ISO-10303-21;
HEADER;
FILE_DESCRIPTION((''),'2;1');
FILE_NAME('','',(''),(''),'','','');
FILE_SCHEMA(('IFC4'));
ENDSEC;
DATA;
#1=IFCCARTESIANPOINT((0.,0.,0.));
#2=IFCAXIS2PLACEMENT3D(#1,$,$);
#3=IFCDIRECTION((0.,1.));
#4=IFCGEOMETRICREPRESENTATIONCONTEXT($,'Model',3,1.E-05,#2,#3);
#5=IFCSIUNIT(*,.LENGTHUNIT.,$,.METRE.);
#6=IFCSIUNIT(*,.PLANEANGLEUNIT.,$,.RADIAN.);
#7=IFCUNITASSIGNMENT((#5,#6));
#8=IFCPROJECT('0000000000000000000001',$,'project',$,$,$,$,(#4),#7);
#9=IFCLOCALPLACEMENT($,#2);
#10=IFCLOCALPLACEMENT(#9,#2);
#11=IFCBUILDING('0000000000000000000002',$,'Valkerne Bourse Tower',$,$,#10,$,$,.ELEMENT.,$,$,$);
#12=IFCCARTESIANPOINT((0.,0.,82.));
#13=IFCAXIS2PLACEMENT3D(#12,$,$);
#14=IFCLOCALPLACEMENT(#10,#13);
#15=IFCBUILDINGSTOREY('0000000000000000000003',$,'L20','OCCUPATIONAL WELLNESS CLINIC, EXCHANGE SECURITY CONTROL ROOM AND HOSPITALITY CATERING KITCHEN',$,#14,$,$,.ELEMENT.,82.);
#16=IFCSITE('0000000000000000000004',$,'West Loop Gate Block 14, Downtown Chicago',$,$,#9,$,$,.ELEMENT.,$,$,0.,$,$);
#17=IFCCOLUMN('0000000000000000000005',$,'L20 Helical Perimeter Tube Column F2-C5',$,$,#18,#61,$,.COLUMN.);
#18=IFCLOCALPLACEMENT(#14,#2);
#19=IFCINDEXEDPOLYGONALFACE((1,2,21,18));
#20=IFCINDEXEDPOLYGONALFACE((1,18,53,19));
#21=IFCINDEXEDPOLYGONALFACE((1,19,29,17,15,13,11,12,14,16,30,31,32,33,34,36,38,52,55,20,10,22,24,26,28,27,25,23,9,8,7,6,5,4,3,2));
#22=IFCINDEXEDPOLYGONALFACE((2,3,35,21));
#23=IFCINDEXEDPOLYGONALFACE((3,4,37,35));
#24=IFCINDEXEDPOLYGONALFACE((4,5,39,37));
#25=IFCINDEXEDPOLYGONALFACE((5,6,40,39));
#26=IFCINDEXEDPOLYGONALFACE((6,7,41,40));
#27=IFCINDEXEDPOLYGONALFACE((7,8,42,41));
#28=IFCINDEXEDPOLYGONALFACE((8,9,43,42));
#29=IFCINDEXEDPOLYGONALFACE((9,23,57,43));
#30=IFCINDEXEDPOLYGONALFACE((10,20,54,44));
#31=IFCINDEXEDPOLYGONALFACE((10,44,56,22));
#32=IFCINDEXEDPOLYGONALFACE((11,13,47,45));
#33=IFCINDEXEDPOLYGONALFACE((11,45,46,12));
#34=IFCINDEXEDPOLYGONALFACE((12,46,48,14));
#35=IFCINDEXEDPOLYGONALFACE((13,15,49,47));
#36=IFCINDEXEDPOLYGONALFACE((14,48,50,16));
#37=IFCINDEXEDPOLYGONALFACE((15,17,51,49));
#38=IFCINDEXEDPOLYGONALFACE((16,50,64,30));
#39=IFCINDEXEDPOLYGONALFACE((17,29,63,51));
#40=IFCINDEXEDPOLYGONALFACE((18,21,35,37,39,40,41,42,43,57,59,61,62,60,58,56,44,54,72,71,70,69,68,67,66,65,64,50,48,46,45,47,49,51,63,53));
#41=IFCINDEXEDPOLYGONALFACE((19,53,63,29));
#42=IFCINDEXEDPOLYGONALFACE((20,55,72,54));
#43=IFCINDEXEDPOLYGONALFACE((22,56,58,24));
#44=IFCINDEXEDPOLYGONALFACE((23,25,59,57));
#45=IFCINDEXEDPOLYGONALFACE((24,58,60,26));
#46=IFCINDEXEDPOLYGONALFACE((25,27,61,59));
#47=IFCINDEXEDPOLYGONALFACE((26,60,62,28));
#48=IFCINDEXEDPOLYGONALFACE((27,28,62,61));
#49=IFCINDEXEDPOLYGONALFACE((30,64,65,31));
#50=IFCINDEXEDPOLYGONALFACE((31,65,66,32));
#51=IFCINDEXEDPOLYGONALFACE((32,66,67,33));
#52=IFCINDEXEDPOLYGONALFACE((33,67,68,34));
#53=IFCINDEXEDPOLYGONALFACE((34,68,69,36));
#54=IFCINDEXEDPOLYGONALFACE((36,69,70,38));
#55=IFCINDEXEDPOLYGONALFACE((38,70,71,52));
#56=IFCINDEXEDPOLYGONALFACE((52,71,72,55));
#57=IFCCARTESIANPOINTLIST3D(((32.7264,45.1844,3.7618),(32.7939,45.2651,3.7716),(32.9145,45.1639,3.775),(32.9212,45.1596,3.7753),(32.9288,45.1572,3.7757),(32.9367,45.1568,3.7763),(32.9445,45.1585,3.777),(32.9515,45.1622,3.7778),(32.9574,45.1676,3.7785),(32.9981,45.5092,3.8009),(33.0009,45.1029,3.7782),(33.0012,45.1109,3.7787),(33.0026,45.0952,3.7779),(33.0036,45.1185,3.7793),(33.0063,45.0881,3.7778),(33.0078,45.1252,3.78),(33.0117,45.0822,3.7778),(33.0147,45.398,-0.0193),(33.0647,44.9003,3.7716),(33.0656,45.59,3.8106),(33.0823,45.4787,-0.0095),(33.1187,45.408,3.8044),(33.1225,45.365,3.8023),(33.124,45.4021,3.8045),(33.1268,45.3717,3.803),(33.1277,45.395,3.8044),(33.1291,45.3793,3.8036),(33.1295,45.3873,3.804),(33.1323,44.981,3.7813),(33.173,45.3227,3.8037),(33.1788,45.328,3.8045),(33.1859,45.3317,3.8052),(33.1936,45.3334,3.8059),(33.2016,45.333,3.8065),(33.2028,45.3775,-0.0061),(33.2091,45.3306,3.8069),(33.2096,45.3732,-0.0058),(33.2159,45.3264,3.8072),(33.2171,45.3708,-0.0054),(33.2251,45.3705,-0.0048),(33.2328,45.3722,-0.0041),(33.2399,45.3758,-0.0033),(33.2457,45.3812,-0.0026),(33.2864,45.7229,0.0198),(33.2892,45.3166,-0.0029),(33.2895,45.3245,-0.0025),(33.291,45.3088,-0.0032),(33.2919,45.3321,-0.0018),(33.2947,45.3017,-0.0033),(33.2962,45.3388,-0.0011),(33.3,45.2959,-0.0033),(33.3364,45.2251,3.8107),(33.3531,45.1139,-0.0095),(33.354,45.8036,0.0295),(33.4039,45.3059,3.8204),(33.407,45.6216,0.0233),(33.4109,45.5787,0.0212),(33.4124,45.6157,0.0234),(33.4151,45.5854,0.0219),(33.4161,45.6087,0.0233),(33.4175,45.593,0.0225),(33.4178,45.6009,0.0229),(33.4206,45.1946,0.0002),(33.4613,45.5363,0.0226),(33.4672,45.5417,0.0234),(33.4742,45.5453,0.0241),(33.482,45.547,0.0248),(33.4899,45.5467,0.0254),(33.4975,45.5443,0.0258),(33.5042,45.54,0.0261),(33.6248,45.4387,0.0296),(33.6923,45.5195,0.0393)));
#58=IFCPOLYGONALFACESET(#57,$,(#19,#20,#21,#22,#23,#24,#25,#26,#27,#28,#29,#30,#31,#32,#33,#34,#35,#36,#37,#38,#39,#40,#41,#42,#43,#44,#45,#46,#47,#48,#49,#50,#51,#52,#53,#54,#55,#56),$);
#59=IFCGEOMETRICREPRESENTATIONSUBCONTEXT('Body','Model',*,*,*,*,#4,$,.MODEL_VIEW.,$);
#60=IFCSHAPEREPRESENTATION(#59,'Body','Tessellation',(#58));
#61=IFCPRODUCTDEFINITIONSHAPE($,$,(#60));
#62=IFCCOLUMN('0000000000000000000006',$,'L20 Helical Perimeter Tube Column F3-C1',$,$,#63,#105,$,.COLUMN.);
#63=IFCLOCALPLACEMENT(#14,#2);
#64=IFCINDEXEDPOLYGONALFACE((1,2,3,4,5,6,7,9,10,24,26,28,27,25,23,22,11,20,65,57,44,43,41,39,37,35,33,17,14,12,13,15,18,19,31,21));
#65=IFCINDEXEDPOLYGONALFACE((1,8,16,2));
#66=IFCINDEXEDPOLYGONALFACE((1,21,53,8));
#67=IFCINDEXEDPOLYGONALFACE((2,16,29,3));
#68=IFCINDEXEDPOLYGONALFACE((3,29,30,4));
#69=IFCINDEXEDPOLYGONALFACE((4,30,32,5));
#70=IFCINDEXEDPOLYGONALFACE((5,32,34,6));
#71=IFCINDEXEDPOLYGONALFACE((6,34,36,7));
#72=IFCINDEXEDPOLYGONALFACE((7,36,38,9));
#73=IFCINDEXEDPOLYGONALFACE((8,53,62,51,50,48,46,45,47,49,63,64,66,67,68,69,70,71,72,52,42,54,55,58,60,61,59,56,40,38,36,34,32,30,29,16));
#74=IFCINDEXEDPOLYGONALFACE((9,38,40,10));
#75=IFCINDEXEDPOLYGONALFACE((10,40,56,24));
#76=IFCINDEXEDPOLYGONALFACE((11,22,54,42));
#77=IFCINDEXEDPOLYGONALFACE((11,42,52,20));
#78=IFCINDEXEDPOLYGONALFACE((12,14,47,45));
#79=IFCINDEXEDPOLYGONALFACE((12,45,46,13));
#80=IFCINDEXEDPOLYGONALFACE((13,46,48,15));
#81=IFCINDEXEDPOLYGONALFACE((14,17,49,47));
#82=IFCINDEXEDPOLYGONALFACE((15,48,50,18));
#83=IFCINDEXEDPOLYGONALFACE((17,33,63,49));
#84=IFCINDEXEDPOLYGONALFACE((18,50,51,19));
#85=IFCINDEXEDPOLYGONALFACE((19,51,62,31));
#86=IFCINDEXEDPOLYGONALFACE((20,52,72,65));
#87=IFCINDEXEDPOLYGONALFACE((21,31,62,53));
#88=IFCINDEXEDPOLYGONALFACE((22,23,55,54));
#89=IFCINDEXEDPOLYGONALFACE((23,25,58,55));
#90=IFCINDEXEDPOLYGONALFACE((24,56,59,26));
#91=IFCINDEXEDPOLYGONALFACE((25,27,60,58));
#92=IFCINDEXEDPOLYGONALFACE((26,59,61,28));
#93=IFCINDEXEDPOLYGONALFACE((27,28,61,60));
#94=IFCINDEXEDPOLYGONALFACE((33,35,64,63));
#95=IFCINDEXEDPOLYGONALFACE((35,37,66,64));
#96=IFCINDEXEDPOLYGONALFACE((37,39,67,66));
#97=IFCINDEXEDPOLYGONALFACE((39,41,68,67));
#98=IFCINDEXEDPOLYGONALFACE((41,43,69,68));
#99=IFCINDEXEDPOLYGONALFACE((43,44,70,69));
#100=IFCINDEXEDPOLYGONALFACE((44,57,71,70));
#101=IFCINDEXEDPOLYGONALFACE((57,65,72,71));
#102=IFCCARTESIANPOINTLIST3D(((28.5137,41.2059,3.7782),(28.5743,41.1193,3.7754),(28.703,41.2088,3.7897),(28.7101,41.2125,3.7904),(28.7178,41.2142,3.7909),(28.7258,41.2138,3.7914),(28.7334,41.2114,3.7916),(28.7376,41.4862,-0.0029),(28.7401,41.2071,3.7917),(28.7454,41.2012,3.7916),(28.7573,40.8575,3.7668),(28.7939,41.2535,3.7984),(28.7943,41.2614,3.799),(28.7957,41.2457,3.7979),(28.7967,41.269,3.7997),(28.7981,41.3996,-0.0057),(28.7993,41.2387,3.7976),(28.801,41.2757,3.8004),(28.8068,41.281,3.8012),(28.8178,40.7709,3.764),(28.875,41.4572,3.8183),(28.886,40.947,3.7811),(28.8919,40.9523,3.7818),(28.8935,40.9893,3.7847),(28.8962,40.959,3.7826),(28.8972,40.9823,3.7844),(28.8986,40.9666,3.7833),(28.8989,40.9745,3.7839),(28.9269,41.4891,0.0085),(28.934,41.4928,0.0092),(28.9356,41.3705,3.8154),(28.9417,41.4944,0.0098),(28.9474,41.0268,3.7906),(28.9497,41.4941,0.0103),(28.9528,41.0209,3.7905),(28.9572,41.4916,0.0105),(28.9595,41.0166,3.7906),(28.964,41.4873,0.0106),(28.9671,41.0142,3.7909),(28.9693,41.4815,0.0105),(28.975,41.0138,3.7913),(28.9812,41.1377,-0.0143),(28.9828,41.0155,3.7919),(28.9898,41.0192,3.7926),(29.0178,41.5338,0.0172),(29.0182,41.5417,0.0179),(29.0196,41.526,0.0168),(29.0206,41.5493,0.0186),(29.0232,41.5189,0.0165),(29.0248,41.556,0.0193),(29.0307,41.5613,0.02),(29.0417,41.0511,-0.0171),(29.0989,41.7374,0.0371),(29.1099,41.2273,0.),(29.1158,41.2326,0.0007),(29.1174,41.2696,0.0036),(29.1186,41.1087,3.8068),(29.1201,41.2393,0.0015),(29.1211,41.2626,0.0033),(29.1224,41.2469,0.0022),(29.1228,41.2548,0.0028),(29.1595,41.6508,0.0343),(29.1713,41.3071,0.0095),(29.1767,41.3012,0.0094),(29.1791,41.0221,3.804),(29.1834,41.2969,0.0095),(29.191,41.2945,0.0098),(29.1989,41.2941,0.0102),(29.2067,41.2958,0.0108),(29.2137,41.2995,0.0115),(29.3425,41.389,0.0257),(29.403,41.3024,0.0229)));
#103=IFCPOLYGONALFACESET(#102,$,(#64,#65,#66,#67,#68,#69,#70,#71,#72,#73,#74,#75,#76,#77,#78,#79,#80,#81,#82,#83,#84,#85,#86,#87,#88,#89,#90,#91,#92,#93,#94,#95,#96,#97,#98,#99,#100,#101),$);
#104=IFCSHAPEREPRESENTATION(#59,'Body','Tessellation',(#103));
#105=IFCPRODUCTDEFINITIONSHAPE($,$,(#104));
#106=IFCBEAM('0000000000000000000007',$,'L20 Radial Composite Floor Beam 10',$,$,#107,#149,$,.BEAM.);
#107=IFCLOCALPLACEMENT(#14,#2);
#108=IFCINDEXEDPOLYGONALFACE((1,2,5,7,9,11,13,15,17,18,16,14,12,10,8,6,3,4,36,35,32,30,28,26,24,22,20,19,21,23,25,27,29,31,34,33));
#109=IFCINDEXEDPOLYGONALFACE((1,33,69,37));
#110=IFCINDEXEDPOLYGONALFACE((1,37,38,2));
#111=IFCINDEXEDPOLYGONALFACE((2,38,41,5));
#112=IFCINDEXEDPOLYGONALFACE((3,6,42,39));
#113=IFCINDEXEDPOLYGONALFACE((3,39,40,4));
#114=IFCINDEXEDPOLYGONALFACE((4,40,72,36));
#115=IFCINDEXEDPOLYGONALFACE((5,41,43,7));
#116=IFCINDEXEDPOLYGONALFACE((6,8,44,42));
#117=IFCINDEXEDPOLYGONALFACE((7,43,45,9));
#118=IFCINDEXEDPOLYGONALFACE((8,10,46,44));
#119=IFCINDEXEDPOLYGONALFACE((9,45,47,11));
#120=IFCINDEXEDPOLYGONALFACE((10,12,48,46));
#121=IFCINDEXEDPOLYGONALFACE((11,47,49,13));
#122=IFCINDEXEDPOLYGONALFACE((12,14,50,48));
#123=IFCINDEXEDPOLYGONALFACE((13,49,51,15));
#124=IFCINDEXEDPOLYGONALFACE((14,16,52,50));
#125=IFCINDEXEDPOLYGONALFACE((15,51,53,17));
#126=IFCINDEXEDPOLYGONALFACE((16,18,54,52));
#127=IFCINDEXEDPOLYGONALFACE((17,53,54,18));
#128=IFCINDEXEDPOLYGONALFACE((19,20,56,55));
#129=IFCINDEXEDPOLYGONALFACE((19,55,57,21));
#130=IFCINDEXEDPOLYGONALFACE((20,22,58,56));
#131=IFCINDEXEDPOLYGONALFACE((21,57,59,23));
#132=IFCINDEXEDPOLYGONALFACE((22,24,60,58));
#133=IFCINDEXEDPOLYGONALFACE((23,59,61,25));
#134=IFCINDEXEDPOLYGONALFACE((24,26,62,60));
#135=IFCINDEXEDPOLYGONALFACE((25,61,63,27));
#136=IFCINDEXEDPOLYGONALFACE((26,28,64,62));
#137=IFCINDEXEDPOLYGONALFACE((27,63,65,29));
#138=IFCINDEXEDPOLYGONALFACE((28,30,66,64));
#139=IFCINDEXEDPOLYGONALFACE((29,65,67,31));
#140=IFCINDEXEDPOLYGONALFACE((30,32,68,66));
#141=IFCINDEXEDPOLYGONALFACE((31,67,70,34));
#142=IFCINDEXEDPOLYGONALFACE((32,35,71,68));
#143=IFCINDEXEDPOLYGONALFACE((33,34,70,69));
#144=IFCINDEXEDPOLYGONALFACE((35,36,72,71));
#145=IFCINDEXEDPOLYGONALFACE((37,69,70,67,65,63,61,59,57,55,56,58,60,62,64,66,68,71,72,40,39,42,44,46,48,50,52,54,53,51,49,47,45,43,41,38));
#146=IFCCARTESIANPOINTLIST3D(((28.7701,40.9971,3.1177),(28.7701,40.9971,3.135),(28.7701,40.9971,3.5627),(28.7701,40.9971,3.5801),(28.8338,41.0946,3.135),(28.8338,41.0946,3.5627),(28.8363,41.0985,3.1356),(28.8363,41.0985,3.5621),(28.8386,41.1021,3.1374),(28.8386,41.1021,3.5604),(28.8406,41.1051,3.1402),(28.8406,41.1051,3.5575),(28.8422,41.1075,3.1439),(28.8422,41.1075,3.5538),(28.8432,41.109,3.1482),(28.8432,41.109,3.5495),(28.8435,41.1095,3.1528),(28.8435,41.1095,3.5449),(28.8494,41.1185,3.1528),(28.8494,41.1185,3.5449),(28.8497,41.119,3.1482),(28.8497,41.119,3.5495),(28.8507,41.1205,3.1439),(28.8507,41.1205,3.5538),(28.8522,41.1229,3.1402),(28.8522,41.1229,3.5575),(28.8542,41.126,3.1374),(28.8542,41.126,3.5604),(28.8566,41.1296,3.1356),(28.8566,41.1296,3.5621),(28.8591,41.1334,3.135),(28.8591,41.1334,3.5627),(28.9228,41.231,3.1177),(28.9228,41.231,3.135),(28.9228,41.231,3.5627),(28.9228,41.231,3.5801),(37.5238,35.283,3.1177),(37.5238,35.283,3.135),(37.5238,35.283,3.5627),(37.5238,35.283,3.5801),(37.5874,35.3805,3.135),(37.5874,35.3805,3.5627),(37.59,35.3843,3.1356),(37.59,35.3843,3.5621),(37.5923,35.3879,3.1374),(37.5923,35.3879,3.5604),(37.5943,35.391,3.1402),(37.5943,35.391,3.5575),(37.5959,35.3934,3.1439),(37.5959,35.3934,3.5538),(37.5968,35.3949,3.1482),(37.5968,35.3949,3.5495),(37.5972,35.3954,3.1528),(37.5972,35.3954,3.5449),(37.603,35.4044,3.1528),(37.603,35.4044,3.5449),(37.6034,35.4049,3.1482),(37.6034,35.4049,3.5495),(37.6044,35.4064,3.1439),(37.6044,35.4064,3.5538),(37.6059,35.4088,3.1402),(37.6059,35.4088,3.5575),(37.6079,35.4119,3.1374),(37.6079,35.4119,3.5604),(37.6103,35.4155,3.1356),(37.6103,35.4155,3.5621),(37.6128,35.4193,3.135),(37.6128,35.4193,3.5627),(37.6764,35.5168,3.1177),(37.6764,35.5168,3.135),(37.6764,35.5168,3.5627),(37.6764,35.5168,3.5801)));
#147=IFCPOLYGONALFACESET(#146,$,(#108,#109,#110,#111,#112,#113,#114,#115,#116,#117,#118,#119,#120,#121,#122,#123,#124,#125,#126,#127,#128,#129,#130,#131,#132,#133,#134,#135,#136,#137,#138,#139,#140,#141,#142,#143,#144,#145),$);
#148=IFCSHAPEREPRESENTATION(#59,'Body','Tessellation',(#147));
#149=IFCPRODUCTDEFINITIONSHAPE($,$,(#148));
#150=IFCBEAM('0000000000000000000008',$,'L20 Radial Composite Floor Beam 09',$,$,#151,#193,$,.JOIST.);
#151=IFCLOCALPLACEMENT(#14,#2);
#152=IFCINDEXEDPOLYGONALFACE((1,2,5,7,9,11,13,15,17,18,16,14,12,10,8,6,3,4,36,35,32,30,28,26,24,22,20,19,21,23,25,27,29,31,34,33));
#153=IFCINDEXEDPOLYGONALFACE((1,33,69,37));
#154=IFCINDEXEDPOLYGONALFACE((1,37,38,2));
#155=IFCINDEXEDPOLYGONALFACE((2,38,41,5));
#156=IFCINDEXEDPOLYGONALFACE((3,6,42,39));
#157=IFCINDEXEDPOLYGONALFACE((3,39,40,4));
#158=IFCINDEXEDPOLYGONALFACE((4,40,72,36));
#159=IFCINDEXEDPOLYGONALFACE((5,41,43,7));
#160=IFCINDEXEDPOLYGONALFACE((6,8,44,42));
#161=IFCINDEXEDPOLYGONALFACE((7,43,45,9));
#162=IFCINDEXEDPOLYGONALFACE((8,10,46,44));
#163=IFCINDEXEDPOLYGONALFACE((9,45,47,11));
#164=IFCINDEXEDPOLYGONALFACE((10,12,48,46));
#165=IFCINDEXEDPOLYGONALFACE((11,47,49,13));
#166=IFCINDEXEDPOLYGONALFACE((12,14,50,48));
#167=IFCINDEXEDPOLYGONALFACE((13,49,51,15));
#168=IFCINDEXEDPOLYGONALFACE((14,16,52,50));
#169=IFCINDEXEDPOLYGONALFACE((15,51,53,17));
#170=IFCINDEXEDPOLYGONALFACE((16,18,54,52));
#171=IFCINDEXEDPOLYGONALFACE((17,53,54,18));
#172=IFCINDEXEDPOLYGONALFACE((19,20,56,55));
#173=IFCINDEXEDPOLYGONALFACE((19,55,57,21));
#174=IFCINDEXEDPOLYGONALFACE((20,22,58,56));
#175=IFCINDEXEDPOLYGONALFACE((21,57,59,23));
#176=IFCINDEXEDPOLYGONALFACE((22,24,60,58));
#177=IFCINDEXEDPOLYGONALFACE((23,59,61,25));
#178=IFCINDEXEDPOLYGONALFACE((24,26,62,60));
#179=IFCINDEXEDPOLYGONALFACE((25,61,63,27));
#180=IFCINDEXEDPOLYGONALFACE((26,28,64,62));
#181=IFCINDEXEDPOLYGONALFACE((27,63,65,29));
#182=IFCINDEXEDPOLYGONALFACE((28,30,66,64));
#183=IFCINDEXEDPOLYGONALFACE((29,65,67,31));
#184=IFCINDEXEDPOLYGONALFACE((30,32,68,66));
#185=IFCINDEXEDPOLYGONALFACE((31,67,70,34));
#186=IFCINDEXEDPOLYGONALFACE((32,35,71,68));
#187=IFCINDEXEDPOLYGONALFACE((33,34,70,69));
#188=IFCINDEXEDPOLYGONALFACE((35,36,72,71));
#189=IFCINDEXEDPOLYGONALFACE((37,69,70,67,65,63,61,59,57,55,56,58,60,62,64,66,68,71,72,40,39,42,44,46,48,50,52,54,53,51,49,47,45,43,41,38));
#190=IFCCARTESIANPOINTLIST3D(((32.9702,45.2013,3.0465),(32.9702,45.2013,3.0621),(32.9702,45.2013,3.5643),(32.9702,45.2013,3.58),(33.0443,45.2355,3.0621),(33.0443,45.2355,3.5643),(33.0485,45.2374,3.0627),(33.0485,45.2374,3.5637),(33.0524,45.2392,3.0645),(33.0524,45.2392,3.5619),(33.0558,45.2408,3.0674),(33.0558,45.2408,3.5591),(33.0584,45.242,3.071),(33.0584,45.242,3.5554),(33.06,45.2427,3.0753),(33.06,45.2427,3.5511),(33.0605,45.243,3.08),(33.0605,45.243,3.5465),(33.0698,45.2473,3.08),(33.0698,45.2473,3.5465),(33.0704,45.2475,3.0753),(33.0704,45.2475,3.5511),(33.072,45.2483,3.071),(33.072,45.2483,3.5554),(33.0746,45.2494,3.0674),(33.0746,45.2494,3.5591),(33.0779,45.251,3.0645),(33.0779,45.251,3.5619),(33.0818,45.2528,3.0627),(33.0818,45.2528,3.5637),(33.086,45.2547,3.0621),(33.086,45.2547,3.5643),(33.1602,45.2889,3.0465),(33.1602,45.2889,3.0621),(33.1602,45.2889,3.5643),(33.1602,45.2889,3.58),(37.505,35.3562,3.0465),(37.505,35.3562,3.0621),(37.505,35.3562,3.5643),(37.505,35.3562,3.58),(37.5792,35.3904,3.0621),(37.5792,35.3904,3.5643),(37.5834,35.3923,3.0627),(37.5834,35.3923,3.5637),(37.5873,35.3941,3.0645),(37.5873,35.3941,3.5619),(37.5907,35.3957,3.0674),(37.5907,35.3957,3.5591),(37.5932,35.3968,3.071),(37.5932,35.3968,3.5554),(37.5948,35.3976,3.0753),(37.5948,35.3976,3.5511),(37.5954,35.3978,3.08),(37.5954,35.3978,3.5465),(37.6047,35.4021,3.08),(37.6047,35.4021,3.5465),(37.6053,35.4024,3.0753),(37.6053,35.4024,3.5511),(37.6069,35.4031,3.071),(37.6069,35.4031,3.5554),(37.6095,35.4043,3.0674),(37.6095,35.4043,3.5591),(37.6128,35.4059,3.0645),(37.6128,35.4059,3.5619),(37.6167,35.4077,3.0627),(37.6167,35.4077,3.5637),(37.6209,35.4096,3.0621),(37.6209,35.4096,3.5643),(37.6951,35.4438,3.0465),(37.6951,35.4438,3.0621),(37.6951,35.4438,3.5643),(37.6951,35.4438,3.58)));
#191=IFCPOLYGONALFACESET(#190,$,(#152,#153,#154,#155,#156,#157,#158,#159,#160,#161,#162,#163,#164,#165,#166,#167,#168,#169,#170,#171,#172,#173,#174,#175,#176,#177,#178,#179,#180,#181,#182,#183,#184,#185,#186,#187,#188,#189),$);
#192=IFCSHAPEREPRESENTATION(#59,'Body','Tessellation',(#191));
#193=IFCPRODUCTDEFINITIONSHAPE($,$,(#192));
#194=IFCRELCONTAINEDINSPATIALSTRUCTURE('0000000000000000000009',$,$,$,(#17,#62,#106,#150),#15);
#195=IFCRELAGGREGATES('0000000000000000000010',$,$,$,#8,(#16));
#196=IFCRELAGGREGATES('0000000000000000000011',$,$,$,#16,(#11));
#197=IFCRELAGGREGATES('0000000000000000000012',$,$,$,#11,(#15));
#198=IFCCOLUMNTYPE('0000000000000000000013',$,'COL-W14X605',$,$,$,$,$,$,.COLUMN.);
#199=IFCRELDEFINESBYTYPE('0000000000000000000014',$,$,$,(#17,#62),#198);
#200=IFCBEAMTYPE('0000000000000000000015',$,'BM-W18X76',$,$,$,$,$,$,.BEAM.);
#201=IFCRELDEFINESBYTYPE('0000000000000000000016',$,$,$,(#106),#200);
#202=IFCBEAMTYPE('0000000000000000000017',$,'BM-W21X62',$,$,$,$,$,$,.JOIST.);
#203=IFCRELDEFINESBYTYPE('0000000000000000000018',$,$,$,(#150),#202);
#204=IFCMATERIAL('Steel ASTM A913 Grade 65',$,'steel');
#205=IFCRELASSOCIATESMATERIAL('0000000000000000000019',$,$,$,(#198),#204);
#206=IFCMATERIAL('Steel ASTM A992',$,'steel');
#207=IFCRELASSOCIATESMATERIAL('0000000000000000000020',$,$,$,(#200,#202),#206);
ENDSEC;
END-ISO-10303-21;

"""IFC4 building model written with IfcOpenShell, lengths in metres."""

from ifc_helpers import new_model, si_unit, direction, frame, origin, origin_2d, place, context, subcontext, project, spatial, i_section, extrude, material, material_profile, profile_set, type_object, element, save


model = new_model("IFC4")

# Units and contexts
model_context = context("Model", 3, precision=1e-05, world=origin(), true_north=direction((0.0, 1.0)))
body_context = subcontext(model_context, "Body", "Model", "MODEL_VIEW")
ifc_project = project(units=[si_unit("LENGTHUNIT", "METRE"), si_unit("PLANEANGLEUNIT", "RADIAN")], contexts=[model_context])

# Site, building, storey
site_placement = place(None, origin())
site = spatial("IfcSite", under=ifc_project, at=site_placement, Name="West Loop Gate Block 14, Downtown Chicago", CompositionType="ELEMENT", RefElevation=0.0)
building_placement = place(site_placement, origin())
building = spatial("IfcBuilding", under=site, at=building_placement, Name="Valkerne Bourse Tower", CompositionType="ELEMENT")
storey_placement = place(building_placement, frame((0.0, 0.0, 82.0)))
storey = spatial("IfcBuildingStorey", under=building, at=storey_placement, Name="L20", Description="OCCUPATIONAL WELLNESS CLINIC, EXCHANGE SECURITY CONTROL ROOM AND HOSPITALITY CATERING KITCHEN", CompositionType="ELEMENT", Elevation=82.0)

# Columns
ifc_material_1 = material(Name="Steel ASTM A913 Grade 65", Category="steel")
ifc_material_profile_1 = material_profile(ifc_material_1, i_section(OverallWidth=0.4419, OverallDepth=0.531, WebThickness=0.0659, FlangeThickness=0.1057, FilletRadius=0.0305, at=origin_2d()), Name="W14X605")
ifc_profile_set_1 = profile_set([ifc_material_profile_1], Name="Steel ASTM A913 Grade 65")
column_type = type_object("IfcColumnType", Name="COL-W14X605", PredefinedType="COLUMN", material=ifc_profile_set_1)
for number, where, z_axis, x_axis, name in (
    (1, (33.3535, 45.4587, 0.01), (-0.075916, -0.056246, 0.995527), (-0.765594, 0.642946, -0.022056), "L20 Helical Perimeter Tube Column F2-C5"),
    (2, (29.0703, 41.3943, 0.01), (-0.058946, -0.073795, 0.99553), (-0.817648, -0.568551, -0.090559), "L20 Helical Perimeter Tube Column F3-C1"),
):
    element("IfcColumn", number, at=place(storey_placement, frame(where, z_axis=z_axis, x_axis=x_axis)), inside=storey, type_object=column_type, Name=name, PredefinedType="COLUMN", context=body_context, shape_type="SweptSolid", body=[
        extrude(i_section(OverallWidth=0.4419, OverallDepth=0.531, WebThickness=0.0659, FlangeThickness=0.1057, FilletRadius=0.0305, at=origin_2d()), origin(), (0.0, 0.0, 1.0), 3.7981),
    ])

# Beams
ifc_material_2 = material(Name="Steel ASTM A992", Category="steel")
ifc_material_profile_2 = material_profile(ifc_material_2, i_section(OverallWidth=0.2793, OverallDepth=0.4624, WebThickness=0.0107, FlangeThickness=0.0173, FilletRadius=0.0178, at=origin_2d()), Name="W18X76")
ifc_profile_set_2 = profile_set([ifc_material_profile_2], Name="Steel ASTM A992")
beam_type_1 = type_object("IfcBeamType", Name="BM-W18X76", PredefinedType="BEAM", material=ifc_profile_set_2)
beam_1_placement = place(storey_placement, frame((28.8464, 41.114, 3.3489), z_axis=(0.837383, -0.546617, 0.0), x_axis=(0.546617, 0.837383, 0.0)))
element("IfcBeam", 3, at=beam_1_placement, inside=storey, type_object=beam_type_1, Name="L20 Radial Composite Floor Beam 10", PredefinedType="BEAM", context=body_context, shape_type="SweptSolid", body=[
    extrude(i_section(OverallWidth=0.2793, OverallDepth=0.4624, WebThickness=0.0107, FlangeThickness=0.0173, FilletRadius=0.0178, at=origin_2d()), origin(), (0.0, 0.0, 1.0), 10.4536),
])
ifc_material_profile_3 = material_profile(ifc_material_2, i_section(OverallWidth=0.2092, OverallDepth=0.5334, WebThickness=0.0103, FlangeThickness=0.0156, FilletRadius=0.0178, at=origin_2d()), Name="W21X62")
ifc_profile_set_3 = profile_set([ifc_material_profile_3], Name="Steel ASTM A992")
beam_type_2 = type_object("IfcBeamType", Name="BM-W21X62", PredefinedType="JOIST", material=ifc_profile_set_3)
beam_2_placement = place(storey_placement, frame((33.0652, 45.2451, 3.3132), z_axis=(0.418371, -0.908276, 0.0), x_axis=(0.908276, 0.418371, 0.0)))
element("IfcBeam", 4, at=beam_2_placement, inside=storey, type_object=beam_type_2, Name="L20 Radial Composite Floor Beam 09", PredefinedType="JOIST", context=body_context, shape_type="SweptSolid", body=[
    extrude(i_section(OverallWidth=0.2092, OverallDepth=0.5334, WebThickness=0.0103, FlangeThickness=0.0156, FilletRadius=0.0178, at=origin_2d()), origin(), (0.0, 0.0, 1.0), 10.8394),
])

save(model, "model.ifc")
